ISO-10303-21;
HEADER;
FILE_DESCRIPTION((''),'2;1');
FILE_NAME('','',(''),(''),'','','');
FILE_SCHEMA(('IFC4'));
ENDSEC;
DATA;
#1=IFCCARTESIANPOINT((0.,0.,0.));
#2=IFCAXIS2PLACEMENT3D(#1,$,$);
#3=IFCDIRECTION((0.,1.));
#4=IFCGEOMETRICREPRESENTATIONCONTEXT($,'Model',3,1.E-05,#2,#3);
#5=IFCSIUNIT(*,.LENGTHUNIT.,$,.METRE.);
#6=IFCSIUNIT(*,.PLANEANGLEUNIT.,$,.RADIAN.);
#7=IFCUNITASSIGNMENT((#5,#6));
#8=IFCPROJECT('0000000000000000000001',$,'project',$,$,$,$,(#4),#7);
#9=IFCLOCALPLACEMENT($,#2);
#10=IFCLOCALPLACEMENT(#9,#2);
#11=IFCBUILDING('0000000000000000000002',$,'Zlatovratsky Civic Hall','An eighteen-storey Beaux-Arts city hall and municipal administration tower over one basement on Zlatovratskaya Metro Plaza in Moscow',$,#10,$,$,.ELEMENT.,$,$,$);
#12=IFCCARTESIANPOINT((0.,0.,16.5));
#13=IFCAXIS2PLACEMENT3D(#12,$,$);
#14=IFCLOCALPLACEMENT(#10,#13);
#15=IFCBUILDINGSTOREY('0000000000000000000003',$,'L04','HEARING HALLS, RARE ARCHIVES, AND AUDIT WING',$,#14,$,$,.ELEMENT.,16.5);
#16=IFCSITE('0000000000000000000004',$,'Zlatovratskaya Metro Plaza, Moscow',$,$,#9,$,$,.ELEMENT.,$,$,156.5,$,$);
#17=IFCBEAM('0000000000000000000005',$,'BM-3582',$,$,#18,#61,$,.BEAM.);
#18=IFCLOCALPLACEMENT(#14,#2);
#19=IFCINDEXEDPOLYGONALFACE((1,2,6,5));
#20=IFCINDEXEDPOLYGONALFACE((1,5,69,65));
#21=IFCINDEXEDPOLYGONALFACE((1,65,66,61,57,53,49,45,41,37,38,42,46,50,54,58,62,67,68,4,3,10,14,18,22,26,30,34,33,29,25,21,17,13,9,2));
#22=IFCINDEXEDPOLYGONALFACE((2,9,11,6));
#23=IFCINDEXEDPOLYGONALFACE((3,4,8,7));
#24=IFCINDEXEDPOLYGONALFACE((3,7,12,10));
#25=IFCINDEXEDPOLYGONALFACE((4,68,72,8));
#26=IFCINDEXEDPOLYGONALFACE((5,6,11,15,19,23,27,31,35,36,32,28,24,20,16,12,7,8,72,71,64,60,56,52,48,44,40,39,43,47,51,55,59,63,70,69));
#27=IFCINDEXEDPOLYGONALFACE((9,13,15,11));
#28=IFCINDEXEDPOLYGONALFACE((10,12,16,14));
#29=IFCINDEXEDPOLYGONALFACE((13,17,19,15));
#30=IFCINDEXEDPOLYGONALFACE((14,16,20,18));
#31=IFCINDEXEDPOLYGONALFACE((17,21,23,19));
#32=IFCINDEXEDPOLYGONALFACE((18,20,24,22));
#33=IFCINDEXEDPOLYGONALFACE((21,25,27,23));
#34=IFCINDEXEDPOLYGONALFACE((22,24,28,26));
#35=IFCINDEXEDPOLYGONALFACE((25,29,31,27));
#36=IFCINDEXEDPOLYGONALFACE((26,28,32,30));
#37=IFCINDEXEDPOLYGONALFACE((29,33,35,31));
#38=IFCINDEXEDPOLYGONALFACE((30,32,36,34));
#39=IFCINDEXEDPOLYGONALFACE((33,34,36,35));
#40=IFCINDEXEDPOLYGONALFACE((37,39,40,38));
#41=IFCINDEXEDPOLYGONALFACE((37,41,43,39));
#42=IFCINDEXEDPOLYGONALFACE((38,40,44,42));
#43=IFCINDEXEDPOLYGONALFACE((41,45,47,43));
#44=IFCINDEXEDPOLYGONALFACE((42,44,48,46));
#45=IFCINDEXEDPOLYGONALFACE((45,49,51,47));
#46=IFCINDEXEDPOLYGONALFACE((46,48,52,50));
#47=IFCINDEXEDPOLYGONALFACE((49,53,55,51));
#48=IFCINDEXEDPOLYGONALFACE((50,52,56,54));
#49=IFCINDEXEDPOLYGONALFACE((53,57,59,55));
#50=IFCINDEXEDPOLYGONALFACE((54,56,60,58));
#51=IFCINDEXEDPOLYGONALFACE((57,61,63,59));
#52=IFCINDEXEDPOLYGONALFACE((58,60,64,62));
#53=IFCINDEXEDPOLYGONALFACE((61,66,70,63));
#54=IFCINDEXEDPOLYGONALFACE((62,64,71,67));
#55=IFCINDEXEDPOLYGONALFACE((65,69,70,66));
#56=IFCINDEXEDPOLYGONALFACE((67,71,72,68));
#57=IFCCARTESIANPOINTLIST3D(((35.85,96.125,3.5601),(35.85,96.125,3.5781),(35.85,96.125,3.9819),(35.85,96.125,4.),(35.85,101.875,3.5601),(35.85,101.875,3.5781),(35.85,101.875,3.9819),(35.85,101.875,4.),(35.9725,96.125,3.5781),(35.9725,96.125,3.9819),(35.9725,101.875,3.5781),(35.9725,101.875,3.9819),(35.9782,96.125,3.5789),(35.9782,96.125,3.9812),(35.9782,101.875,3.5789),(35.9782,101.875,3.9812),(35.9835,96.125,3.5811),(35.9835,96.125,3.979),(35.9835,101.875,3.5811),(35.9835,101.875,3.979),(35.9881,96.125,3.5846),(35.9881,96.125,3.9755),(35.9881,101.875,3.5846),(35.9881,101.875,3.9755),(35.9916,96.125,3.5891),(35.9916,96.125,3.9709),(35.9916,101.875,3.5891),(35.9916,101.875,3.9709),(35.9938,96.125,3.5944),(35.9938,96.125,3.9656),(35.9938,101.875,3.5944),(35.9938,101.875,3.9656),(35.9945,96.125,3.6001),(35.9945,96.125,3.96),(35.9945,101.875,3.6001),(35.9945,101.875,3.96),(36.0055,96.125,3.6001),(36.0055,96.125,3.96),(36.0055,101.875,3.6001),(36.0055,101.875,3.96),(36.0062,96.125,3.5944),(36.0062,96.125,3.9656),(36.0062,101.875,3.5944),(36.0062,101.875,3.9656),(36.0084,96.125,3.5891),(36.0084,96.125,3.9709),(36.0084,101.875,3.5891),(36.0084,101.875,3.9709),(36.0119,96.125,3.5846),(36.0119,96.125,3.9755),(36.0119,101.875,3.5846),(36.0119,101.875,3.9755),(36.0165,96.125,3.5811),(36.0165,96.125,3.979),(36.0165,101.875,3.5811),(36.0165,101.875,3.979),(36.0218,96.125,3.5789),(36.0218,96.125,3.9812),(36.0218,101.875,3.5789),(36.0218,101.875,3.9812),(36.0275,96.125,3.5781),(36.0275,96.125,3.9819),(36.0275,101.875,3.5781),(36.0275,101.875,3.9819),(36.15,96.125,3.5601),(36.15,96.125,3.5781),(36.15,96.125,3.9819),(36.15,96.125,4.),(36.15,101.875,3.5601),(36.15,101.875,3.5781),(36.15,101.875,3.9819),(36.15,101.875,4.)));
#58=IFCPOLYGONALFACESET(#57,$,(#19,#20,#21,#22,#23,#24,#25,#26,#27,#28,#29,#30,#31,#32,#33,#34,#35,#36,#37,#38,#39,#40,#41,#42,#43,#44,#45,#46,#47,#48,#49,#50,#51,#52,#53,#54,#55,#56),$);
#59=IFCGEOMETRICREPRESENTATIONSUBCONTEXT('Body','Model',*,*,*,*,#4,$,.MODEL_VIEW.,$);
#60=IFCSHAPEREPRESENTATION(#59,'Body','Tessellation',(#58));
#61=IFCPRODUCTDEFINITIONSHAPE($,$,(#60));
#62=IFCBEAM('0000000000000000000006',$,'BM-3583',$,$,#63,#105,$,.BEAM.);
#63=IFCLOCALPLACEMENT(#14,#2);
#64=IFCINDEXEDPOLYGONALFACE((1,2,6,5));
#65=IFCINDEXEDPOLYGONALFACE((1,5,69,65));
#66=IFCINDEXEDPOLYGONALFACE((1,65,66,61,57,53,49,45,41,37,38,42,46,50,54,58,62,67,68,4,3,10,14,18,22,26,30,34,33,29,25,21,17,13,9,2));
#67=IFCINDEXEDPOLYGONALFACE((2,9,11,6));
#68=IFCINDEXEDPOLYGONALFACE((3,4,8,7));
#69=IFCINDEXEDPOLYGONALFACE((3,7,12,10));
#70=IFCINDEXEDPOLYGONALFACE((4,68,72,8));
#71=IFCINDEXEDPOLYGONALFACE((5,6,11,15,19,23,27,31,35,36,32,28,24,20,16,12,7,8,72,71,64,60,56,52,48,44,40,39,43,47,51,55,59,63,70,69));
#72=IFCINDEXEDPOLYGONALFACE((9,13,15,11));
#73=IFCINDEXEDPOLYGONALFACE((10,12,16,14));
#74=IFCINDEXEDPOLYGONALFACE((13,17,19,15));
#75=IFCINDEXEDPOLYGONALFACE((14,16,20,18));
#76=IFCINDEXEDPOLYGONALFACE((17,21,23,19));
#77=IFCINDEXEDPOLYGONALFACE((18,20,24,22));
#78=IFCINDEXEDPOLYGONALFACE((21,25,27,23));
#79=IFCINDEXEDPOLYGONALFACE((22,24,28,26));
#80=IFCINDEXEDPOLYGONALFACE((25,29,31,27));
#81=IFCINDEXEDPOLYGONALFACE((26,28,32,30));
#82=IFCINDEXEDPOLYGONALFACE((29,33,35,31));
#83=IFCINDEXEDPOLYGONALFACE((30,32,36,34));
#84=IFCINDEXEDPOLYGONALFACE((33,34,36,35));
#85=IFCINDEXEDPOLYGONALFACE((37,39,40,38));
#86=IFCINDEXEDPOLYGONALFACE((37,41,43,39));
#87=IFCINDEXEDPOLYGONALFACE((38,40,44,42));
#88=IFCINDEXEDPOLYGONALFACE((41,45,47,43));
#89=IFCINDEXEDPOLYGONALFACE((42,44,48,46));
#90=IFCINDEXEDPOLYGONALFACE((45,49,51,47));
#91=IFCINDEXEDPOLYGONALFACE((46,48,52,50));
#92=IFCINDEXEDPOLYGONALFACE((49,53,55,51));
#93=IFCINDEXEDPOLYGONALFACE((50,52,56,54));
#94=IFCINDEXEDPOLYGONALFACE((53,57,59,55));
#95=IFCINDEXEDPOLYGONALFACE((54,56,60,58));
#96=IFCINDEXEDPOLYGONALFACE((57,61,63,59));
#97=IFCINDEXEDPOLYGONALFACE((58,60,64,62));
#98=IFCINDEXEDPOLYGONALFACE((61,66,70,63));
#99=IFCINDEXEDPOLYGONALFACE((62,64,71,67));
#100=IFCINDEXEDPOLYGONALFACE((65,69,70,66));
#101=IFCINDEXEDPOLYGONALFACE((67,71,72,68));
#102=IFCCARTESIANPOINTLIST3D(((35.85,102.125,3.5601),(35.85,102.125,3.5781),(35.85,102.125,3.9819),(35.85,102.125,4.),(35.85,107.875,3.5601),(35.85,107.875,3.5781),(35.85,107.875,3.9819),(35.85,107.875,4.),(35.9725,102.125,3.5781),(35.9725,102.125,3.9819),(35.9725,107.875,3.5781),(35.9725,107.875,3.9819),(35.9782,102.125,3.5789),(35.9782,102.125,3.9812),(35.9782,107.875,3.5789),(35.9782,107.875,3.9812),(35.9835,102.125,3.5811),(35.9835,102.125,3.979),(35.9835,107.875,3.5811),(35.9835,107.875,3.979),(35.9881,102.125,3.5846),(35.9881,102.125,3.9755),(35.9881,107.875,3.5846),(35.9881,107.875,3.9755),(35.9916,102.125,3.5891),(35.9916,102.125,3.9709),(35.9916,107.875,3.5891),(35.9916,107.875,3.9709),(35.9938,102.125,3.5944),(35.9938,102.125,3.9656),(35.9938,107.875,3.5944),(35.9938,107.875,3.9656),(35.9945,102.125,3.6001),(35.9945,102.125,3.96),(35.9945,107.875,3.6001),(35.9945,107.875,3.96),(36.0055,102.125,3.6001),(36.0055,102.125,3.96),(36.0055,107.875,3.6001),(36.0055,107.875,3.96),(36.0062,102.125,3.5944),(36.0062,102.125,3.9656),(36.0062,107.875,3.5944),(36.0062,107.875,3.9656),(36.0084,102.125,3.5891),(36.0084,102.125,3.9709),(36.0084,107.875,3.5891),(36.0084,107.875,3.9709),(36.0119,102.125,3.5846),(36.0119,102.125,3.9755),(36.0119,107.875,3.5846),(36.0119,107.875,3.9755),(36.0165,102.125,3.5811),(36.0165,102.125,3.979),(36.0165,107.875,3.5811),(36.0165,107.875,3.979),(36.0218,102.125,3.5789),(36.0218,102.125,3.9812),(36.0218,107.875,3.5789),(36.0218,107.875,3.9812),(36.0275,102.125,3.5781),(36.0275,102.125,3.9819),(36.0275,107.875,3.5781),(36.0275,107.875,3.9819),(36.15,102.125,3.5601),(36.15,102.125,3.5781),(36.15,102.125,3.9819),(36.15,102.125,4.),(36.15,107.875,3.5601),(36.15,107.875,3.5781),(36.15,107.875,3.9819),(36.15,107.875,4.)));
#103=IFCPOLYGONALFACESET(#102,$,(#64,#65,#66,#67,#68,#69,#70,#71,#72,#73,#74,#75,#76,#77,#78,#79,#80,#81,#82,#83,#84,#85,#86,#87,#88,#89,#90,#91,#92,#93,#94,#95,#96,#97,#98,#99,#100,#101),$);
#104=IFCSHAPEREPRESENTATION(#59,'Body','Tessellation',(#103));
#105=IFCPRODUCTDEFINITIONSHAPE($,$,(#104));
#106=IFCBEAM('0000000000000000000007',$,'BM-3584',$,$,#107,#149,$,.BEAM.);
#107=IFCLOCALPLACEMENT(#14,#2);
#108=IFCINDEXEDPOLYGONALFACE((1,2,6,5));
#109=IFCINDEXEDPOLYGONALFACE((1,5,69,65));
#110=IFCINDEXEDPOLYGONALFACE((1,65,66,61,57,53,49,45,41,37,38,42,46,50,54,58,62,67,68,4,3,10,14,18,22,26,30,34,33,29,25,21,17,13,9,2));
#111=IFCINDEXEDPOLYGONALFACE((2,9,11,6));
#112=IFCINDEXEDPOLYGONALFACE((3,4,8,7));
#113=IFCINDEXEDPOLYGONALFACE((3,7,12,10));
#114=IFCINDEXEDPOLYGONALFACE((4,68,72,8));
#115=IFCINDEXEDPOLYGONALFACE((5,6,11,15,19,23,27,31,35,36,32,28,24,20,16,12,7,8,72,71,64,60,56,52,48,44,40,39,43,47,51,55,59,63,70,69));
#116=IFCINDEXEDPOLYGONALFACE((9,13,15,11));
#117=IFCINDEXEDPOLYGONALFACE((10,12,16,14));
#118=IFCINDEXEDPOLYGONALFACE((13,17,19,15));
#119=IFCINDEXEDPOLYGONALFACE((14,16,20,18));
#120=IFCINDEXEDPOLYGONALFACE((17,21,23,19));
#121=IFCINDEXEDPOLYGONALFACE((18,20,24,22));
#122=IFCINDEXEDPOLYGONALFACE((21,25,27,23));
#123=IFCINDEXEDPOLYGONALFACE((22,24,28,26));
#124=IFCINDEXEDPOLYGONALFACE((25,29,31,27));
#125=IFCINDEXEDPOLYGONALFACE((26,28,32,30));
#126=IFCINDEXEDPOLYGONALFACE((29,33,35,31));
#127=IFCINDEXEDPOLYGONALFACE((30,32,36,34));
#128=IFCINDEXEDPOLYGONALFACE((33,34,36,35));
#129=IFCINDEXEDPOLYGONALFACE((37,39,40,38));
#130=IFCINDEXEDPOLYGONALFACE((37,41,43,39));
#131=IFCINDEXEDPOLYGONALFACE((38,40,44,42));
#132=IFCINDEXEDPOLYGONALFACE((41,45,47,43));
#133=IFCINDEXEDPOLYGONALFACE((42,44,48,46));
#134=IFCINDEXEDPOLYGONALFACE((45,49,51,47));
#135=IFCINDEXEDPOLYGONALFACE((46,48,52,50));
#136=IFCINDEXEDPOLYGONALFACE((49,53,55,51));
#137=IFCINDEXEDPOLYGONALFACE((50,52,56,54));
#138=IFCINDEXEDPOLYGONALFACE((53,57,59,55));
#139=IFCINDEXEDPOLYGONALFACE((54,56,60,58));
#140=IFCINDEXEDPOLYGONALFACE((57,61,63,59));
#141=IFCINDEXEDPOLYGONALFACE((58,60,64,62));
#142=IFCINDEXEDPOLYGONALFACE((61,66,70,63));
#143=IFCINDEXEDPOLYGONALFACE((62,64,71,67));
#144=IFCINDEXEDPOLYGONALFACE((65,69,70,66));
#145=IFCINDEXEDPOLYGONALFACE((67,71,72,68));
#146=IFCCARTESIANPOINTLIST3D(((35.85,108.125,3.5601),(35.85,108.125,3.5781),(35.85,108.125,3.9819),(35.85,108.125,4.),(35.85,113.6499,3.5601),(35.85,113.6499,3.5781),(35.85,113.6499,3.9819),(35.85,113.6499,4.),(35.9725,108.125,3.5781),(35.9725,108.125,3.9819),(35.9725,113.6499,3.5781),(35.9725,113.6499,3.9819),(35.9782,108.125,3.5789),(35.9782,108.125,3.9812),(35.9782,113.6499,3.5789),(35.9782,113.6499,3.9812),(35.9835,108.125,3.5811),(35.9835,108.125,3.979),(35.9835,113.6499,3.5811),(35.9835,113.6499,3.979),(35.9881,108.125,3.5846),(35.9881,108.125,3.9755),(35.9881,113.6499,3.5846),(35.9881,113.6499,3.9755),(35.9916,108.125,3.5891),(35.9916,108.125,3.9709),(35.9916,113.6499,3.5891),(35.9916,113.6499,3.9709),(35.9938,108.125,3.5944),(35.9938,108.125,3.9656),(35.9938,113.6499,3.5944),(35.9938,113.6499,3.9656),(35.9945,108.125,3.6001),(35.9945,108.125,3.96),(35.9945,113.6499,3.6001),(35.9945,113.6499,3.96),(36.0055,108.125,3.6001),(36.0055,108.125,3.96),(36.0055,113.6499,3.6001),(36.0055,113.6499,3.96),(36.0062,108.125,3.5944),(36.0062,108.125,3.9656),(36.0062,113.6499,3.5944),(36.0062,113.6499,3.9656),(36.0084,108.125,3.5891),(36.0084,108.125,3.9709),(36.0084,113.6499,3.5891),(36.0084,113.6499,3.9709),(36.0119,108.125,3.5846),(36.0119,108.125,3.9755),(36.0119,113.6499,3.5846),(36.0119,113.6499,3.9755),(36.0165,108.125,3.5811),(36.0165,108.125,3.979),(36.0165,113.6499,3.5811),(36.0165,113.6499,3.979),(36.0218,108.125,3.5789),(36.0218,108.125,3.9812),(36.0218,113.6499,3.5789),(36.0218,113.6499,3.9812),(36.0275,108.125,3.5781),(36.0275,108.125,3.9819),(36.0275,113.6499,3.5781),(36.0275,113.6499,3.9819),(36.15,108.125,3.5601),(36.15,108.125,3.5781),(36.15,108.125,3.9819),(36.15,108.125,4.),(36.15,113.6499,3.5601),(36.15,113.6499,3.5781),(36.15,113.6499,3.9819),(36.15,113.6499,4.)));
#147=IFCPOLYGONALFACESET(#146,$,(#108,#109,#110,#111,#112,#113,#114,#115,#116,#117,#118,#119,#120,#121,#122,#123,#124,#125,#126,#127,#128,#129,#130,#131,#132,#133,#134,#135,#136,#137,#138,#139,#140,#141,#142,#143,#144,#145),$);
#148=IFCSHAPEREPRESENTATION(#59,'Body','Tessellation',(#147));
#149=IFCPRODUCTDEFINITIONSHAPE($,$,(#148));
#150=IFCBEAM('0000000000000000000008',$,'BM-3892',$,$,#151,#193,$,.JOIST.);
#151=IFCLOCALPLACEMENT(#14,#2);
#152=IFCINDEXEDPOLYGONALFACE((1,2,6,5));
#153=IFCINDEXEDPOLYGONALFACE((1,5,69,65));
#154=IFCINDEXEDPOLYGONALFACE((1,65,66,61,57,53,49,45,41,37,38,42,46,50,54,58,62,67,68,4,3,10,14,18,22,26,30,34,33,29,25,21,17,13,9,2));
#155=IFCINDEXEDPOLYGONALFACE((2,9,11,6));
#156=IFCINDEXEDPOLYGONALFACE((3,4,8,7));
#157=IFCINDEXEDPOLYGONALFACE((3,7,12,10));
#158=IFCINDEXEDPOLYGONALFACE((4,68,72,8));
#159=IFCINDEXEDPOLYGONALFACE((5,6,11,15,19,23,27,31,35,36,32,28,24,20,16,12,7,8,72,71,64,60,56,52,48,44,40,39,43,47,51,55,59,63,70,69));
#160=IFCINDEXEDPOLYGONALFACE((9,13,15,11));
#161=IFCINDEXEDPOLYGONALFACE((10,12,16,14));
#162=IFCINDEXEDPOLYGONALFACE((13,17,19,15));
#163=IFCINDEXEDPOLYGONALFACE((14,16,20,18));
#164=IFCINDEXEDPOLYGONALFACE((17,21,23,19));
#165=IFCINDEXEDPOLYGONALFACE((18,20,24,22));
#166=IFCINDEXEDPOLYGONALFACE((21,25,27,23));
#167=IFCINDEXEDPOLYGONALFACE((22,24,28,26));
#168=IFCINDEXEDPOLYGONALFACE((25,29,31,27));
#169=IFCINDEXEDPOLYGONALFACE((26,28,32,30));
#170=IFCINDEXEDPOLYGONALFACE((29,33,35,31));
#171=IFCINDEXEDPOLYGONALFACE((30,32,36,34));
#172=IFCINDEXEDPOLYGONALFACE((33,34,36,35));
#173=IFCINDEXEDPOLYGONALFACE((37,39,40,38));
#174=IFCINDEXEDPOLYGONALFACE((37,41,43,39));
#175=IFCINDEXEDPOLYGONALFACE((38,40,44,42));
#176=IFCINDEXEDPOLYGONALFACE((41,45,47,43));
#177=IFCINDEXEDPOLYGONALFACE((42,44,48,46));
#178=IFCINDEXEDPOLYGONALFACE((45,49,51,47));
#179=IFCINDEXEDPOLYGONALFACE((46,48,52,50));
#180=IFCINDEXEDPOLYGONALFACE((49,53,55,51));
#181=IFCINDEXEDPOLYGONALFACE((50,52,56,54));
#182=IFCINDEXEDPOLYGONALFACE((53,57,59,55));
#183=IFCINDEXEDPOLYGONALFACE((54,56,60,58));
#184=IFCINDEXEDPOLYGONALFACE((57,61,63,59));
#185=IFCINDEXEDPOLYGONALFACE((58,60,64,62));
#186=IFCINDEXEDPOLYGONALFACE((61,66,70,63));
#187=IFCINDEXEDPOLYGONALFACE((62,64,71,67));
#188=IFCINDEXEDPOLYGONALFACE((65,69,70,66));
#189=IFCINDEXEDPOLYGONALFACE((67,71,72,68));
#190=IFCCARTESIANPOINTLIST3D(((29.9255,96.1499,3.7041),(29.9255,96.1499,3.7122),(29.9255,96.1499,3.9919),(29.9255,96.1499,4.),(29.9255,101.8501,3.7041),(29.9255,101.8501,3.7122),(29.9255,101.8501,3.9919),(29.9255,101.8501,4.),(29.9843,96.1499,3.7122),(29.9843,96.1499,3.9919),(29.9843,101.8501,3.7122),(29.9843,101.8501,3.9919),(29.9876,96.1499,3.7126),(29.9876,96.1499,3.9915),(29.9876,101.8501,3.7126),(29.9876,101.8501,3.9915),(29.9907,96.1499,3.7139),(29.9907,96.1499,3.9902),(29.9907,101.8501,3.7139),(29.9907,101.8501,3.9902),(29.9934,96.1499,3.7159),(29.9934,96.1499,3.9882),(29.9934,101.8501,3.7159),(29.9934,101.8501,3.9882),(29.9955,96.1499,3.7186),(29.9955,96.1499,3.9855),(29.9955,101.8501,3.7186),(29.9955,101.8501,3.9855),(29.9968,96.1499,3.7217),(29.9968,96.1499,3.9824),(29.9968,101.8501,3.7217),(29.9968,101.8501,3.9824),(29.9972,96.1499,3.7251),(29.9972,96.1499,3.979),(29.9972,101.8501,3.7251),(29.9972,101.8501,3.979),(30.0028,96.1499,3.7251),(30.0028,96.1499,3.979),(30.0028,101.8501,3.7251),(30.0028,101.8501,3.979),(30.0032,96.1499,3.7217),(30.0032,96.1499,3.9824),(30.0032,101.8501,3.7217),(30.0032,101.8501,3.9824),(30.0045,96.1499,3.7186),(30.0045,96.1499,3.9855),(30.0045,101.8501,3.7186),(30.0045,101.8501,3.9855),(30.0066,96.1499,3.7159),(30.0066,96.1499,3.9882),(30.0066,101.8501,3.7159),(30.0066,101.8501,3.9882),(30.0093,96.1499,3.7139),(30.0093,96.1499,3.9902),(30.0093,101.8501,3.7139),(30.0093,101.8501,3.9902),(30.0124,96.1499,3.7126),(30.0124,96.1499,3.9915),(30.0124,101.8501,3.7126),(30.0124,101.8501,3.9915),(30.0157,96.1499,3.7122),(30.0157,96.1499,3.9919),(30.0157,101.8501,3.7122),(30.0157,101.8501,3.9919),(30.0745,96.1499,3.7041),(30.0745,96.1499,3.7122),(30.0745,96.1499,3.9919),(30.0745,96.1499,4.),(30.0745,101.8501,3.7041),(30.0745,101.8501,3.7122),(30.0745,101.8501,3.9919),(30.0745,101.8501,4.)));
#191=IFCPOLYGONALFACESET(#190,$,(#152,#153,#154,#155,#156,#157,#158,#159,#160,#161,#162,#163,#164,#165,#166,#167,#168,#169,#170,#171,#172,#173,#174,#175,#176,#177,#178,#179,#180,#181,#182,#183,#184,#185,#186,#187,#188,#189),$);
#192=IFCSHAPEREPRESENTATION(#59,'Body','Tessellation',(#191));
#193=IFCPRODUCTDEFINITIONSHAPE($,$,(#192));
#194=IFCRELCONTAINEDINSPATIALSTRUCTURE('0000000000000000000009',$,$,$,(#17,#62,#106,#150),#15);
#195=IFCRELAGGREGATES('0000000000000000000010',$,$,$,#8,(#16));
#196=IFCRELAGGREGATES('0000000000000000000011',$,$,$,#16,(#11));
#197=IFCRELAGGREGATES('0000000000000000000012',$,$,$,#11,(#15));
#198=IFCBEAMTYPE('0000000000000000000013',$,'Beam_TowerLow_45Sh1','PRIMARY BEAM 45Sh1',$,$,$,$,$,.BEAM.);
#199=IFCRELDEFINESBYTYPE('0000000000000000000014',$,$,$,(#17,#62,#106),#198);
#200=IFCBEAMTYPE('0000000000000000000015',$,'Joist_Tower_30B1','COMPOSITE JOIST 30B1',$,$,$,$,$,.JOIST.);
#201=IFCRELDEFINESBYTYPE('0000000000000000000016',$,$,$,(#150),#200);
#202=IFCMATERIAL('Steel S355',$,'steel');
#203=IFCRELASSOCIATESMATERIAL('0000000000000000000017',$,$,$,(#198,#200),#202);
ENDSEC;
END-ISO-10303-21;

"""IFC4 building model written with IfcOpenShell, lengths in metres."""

from ifc_helpers import new_model, si_unit, direction, frame, origin, origin_2d, place, context, subcontext, project, spatial, i_section, extrude, material, material_profile, profile_set, type_object, element, save


model = new_model("IFC4")

# Units and contexts
model_context = context("Model", 3, precision=1e-05, world=origin(), true_north=direction((0.0, 1.0)))
body_context = subcontext(model_context, "Body", "Model", "MODEL_VIEW")
ifc_project = project(units=[si_unit("LENGTHUNIT", "METRE"), si_unit("PLANEANGLEUNIT", "RADIAN")], contexts=[model_context])

# Site, building, storey
site_placement = place(None, origin())
site = spatial("IfcSite", under=ifc_project, at=site_placement, Name="Zlatovratskaya Metro Plaza, Moscow", CompositionType="ELEMENT", RefElevation=156.5)
building_placement = place(site_placement, origin())
building = spatial("IfcBuilding", under=site, at=building_placement, Name="Zlatovratsky Civic Hall", Description="An eighteen-storey Beaux-Arts city hall and municipal administration tower over one basement on Zlatovratskaya Metro Plaza in Moscow", CompositionType="ELEMENT")
storey_placement = place(building_placement, frame((0.0, 0.0, 16.5)))
storey = spatial("IfcBuildingStorey", under=building, at=storey_placement, Name="L04", Description="HEARING HALLS, RARE ARCHIVES, AND AUDIT WING", CompositionType="ELEMENT", Elevation=16.5)

# Shared definitions
ifc_material_1 = material(Name="Steel S355", Category="steel")

# Beams
ifc_material_profile_1 = material_profile(ifc_material_1, i_section(OverallWidth=0.3, OverallDepth=0.4399, WebThickness=0.011, FlangeThickness=0.0181, FilletRadius=0.022, at=origin_2d()), Name="45Sh1")
ifc_profile_set_1 = profile_set([ifc_material_profile_1], Name="Steel S355")
beam_type_1 = type_object("IfcBeamType", Name="Beam_TowerLow_45Sh1", Description="PRIMARY BEAM 45Sh1", PredefinedType="BEAM", material=ifc_profile_set_1)
for number, where, z_axis, x_axis, name in (
    (1, (36.0, 96.125, 3.78), (0.0, 1.0, 0.0), (-1.0, 0.0, 0.0), "BM-3582"),
    (2, (36.0, 102.125, 3.78), (0.0, 1.0, 0.0), (-1.0, 0.0, 0.0), "BM-3583"),
):
    element("IfcBeam", number, at=place(storey_placement, frame(where, z_axis=z_axis, x_axis=x_axis)), inside=storey, type_object=beam_type_1, Name=name, PredefinedType="BEAM", context=body_context, shape_type="SweptSolid", body=[
        extrude(i_section(OverallWidth=0.3, OverallDepth=0.4399, WebThickness=0.011, FlangeThickness=0.0181, FilletRadius=0.022, at=origin_2d()), origin(), (0.0, 0.0, 1.0), 5.75),
    ])
beam_1_placement = place(storey_placement, frame((36.0, 108.125, 3.78), z_axis=(0.0, 1.0, 0.0), x_axis=(-1.0, 0.0, 0.0)))
element("IfcBeam", 3, at=beam_1_placement, inside=storey, type_object=beam_type_1, Name="BM-3584", PredefinedType="BEAM", context=body_context, shape_type="SweptSolid", body=[
    extrude(i_section(OverallWidth=0.3, OverallDepth=0.4399, WebThickness=0.011, FlangeThickness=0.0181, FilletRadius=0.022, at=origin_2d()), origin(), (0.0, 0.0, 1.0), 5.5249),
])
ifc_material_profile_2 = material_profile(ifc_material_1, i_section(OverallWidth=0.1489, OverallDepth=0.2959, WebThickness=0.0056, FlangeThickness=0.0081, FilletRadius=0.0129, at=origin_2d()), Name="30B1")
ifc_profile_set_2 = profile_set([ifc_material_profile_2], Name="Steel S355")
beam_type_2 = type_object("IfcBeamType", Name="Joist_Tower_30B1", Description="COMPOSITE JOIST 30B1", PredefinedType="JOIST", material=ifc_profile_set_2)
for number, where, z_axis, x_axis, name in (
    (4, (30.0, 96.1499, 3.8521), (0.0, 1.0, 0.0), (-1.0, 0.0, 0.0), "BM-3892"),
):
    element("IfcBeam", number, at=place(storey_placement, frame(where, z_axis=z_axis, x_axis=x_axis)), inside=storey, type_object=beam_type_2, Name=name, PredefinedType="JOIST", context=body_context, shape_type="SweptSolid", body=[
        extrude(i_section(OverallWidth=0.1489, OverallDepth=0.2959, WebThickness=0.0056, FlangeThickness=0.0081, FilletRadius=0.0129, at=origin_2d()), origin(), (0.0, 0.0, 1.0), 5.7002),
    ])

save(model, "model.ifc")
